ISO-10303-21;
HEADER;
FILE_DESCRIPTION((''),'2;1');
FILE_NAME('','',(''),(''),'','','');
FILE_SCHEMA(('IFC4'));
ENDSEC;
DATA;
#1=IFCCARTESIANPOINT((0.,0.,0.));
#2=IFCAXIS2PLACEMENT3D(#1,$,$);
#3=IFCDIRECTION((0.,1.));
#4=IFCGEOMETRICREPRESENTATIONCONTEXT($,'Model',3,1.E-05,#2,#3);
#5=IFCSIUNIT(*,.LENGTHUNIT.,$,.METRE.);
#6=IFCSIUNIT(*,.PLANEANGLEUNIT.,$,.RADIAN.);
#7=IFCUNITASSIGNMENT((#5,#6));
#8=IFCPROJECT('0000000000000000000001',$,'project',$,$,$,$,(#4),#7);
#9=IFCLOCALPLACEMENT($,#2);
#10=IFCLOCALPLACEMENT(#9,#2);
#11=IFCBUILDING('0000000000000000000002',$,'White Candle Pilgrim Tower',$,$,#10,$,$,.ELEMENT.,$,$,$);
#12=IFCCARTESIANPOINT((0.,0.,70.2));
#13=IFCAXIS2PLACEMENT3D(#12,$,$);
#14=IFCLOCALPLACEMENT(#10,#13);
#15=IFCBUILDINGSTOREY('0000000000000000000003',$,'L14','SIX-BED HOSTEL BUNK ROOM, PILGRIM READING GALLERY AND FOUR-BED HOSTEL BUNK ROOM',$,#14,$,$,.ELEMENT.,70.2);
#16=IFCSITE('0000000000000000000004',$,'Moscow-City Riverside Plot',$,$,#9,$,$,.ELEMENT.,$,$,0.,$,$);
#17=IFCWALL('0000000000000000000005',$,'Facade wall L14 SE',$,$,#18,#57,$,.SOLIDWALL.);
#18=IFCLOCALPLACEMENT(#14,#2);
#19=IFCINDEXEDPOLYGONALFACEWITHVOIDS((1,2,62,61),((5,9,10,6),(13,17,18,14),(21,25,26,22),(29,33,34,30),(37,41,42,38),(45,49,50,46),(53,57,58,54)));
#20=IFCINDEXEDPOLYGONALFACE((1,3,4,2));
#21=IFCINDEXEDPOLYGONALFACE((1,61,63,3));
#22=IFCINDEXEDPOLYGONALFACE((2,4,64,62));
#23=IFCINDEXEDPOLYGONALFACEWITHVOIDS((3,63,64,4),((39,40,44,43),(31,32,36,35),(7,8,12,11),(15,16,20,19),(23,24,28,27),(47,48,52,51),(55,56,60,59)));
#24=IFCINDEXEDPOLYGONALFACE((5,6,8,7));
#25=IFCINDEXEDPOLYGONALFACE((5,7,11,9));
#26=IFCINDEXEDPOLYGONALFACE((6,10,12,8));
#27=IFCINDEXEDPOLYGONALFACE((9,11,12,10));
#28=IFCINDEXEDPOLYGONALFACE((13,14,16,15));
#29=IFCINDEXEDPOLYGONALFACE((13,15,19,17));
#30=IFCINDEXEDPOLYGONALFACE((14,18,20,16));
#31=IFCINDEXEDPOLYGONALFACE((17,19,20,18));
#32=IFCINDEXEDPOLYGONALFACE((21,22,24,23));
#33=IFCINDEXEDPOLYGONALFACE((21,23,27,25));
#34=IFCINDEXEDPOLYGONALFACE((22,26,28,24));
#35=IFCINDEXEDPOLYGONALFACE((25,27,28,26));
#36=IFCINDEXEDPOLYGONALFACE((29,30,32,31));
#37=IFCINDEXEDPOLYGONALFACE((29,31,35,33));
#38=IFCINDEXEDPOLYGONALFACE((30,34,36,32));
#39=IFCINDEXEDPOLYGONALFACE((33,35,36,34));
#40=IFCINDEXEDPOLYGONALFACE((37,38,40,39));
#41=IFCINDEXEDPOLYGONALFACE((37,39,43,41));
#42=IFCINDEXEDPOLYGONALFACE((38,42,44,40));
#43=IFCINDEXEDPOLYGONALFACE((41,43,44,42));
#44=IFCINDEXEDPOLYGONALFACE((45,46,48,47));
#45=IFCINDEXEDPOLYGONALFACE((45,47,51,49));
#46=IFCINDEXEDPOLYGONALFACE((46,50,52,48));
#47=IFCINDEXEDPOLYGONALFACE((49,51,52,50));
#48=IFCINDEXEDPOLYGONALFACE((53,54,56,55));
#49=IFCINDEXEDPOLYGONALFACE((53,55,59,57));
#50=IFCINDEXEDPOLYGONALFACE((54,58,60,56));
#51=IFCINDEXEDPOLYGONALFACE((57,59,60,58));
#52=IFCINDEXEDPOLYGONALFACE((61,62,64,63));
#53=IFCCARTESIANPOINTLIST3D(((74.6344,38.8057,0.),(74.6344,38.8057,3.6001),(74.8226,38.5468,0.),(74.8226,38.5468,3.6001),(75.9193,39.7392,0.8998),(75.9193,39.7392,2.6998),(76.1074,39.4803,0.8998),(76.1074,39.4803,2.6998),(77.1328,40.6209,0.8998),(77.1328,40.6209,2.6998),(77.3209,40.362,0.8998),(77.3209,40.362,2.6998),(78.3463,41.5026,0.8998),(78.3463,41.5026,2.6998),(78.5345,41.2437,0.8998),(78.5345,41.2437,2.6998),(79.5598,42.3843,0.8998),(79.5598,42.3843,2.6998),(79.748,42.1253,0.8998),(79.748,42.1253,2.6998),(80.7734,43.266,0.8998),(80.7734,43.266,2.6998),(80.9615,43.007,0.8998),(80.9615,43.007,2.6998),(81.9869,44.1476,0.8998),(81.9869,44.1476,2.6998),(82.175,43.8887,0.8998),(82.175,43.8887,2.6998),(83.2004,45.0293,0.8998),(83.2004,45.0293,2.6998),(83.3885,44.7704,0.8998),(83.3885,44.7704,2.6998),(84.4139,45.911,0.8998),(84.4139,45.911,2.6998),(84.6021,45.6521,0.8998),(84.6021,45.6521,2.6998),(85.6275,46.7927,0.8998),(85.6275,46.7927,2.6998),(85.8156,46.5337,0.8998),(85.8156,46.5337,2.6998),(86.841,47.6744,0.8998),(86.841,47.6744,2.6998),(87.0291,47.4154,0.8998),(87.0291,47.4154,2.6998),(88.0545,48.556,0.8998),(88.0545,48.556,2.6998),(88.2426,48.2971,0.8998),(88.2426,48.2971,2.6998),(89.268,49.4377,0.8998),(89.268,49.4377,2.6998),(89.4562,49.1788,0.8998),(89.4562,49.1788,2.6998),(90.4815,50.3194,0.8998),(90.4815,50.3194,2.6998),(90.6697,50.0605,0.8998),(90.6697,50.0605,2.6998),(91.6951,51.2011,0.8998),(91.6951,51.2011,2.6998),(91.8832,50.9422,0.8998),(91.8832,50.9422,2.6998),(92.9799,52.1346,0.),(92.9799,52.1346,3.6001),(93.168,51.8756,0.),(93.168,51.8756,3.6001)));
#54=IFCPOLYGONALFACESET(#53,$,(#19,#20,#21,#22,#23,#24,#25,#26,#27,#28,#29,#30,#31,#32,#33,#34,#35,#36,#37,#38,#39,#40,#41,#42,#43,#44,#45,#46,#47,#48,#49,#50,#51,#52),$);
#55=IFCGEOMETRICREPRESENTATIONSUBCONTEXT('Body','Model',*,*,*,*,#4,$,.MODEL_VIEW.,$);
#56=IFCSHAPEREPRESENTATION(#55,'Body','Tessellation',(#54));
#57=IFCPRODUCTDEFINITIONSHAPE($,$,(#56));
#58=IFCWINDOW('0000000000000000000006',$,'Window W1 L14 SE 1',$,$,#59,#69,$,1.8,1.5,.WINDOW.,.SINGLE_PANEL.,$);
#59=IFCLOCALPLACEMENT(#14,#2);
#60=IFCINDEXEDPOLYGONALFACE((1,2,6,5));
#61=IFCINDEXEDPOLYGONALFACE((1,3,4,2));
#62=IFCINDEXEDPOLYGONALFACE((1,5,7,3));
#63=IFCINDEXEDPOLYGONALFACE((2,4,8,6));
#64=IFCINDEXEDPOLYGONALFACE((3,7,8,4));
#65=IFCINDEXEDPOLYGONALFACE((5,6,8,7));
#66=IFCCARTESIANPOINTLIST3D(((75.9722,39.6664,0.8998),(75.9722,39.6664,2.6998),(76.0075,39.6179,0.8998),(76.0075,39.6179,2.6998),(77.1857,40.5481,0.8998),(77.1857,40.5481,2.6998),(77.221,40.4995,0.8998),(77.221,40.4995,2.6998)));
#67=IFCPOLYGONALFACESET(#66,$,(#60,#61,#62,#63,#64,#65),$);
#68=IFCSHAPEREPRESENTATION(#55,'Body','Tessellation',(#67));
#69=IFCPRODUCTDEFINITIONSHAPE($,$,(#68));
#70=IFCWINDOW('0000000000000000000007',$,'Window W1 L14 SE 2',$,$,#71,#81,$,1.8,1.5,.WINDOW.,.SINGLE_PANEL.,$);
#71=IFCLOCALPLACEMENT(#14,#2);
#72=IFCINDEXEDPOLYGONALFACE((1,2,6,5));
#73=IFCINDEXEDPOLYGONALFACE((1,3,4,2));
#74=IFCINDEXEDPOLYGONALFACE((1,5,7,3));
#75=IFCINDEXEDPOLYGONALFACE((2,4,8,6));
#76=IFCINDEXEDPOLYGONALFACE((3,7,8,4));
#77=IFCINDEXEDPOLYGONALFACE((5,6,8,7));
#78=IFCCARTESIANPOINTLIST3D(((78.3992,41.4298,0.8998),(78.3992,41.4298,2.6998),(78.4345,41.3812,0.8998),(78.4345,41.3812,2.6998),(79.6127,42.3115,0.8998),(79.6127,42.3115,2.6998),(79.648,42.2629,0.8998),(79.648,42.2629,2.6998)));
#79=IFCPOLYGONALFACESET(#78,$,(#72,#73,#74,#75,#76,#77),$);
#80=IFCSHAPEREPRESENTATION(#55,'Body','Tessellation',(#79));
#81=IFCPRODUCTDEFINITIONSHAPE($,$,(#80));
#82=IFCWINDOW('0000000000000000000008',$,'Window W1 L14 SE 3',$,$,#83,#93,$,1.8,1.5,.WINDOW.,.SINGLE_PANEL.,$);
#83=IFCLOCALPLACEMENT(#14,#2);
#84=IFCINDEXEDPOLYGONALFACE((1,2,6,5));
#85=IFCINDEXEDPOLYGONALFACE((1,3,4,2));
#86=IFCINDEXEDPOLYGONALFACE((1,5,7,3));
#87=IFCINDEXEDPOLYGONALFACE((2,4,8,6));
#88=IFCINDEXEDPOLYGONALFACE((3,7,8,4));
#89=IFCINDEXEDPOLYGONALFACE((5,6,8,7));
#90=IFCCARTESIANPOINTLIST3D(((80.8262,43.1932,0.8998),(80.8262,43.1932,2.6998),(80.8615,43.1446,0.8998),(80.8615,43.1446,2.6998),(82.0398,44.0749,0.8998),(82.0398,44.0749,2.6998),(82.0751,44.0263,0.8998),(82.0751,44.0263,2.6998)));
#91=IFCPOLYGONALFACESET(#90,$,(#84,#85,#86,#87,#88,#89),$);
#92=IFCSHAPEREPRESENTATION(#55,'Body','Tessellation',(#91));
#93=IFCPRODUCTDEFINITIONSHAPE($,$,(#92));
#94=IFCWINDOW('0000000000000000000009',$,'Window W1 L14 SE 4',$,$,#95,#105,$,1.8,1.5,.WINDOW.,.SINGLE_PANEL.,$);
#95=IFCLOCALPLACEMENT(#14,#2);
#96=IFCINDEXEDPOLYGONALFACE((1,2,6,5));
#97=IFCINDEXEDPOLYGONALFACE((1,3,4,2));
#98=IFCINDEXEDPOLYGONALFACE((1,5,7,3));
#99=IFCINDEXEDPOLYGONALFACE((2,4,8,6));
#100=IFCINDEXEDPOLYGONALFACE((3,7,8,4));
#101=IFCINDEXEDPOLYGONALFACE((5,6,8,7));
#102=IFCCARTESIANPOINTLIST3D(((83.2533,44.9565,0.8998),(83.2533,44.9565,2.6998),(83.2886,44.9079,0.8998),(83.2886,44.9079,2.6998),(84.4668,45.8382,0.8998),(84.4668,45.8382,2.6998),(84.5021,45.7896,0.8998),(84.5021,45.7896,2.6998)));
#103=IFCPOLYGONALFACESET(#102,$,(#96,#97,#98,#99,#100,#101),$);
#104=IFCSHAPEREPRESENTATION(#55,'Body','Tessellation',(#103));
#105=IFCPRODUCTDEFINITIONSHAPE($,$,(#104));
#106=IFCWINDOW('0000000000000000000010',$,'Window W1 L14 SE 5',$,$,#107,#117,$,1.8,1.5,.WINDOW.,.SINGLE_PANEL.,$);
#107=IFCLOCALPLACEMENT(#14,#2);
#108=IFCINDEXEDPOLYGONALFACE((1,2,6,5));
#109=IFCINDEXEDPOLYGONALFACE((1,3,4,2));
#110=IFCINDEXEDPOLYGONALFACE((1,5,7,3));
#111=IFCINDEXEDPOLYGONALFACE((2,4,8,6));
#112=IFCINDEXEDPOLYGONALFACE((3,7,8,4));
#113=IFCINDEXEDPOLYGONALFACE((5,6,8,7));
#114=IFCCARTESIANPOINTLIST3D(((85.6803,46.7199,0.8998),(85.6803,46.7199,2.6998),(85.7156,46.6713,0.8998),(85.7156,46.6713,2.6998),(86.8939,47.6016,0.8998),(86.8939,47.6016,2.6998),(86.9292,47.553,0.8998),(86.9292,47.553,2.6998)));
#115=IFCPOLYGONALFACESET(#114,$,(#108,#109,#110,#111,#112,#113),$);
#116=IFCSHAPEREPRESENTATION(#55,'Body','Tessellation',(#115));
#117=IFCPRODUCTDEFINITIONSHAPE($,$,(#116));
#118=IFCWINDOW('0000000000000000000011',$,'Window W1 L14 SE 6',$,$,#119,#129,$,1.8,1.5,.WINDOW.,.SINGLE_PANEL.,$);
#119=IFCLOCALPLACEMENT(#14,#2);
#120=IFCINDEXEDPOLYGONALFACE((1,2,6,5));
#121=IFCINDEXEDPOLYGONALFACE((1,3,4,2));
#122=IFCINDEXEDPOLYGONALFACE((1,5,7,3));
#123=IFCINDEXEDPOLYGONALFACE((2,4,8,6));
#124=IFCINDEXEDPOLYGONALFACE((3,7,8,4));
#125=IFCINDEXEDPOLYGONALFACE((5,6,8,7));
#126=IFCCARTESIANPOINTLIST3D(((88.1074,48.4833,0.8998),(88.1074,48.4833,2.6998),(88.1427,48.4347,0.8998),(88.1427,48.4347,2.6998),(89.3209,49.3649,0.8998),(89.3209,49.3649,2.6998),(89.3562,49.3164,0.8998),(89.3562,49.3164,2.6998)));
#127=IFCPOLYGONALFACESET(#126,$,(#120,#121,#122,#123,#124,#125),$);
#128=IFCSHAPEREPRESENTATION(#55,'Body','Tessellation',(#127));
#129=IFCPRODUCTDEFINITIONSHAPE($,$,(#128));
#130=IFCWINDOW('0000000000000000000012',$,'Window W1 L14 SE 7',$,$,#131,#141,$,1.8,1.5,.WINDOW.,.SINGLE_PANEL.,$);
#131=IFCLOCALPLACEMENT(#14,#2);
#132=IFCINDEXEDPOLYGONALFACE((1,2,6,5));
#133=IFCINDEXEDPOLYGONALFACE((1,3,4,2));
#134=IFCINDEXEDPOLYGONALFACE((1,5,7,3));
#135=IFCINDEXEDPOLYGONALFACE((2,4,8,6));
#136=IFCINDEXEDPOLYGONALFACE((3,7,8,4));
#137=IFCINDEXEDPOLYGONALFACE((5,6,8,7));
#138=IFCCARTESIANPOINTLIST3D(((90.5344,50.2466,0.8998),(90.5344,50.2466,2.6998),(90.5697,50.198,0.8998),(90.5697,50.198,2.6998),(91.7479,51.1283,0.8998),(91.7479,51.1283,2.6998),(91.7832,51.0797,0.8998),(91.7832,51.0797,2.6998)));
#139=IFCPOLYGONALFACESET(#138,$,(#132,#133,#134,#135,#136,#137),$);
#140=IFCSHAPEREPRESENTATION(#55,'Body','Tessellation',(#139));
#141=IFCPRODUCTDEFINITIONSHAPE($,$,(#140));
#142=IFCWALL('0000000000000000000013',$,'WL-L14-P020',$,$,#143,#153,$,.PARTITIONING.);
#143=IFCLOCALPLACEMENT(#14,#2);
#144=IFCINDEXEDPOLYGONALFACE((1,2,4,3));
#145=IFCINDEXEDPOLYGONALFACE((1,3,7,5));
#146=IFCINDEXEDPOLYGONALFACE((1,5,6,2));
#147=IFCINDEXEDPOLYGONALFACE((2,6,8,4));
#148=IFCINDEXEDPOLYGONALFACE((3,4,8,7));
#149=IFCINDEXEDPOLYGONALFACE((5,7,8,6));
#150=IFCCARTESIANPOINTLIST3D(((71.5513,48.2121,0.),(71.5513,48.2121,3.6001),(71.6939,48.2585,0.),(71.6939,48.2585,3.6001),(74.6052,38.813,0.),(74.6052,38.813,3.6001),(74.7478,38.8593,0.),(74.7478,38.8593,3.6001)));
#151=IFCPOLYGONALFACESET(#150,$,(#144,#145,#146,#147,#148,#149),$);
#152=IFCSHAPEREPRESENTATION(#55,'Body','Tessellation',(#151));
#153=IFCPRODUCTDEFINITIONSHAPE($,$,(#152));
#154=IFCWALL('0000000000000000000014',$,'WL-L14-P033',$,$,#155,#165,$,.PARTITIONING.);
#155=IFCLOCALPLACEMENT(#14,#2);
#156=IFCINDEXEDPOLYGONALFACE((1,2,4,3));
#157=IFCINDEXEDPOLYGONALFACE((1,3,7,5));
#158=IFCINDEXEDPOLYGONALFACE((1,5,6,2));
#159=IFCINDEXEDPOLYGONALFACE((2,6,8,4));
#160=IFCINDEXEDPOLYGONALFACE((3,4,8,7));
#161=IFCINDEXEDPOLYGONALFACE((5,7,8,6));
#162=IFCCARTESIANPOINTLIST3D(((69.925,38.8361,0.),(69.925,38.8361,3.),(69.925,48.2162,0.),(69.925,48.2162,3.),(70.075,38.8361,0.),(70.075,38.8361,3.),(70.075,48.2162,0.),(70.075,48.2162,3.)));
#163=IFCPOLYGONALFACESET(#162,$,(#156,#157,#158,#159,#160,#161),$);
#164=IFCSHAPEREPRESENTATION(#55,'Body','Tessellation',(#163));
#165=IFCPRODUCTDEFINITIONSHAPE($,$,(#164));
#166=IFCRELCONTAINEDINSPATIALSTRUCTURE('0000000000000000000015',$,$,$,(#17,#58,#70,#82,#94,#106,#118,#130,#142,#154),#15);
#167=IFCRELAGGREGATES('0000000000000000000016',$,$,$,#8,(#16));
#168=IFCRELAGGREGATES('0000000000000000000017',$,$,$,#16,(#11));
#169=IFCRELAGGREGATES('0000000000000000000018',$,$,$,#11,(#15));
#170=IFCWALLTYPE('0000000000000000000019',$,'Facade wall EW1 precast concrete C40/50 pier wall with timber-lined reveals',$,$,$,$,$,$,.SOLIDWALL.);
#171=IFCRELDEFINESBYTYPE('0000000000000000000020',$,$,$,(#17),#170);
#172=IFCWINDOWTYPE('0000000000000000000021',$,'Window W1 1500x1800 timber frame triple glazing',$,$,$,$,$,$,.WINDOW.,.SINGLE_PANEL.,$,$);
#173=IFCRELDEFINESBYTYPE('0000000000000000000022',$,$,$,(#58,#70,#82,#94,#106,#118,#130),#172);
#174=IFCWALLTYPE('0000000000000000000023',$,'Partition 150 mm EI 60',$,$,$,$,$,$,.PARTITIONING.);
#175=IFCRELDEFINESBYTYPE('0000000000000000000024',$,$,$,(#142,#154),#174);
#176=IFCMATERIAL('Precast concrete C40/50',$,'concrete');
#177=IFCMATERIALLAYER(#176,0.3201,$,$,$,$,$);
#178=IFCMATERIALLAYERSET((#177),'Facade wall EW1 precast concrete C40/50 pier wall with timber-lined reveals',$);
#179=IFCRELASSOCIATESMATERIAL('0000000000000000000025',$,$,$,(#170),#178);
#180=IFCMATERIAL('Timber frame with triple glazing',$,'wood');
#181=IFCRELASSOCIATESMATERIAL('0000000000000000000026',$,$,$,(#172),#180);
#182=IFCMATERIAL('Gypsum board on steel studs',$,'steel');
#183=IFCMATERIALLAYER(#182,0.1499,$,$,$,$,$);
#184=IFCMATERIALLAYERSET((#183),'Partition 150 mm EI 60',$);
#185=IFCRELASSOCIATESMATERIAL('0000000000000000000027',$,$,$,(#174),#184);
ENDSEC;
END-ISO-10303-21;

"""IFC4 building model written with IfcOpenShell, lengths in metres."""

from ifc_helpers import new_model, si_unit, direction, frame, frame_2d, origin, place, context, subcontext, project, spatial, rectangle, extrude, material, layer, layer_set, type_object, element, fill, save


model = new_model("IFC4")

# Units and contexts
model_context = context("Model", 3, precision=1e-05, world=origin(), true_north=direction((0.0, 1.0)))
body_context = subcontext(model_context, "Body", "Model", "MODEL_VIEW")
ifc_project = project(units=[si_unit("LENGTHUNIT", "METRE"), si_unit("PLANEANGLEUNIT", "RADIAN")], contexts=[model_context])

# Site, building, storey
site_placement = place(None, origin())
site = spatial("IfcSite", under=ifc_project, at=site_placement, Name="Moscow-City Riverside Plot", CompositionType="ELEMENT", RefElevation=0.0)
building_placement = place(site_placement, origin())
building = spatial("IfcBuilding", under=site, at=building_placement, Name="White Candle Pilgrim Tower", CompositionType="ELEMENT")
storey_placement = place(building_placement, frame((0.0, 0.0, 70.2)))
storey = spatial("IfcBuildingStorey", under=building, at=storey_placement, Name="L14", Description="SIX-BED HOSTEL BUNK ROOM, PILGRIM READING GALLERY AND FOUR-BED HOSTEL BUNK ROOM", CompositionType="ELEMENT", Elevation=70.2)

# Shared definitions
ifc_material_1 = material(Name="Gypsum board on steel studs", Category="steel")

# Wall, openings, windows
ifc_material_2 = material(Name="Precast concrete C40/50", Category="concrete")
ifc_layer_1 = layer(ifc_material_2, 0.3201)
ifc_layer_set_1 = layer_set([ifc_layer_1], Name="Facade wall EW1 precast concrete C40/50 pier wall with timber-lined reveals")
wall_type_1 = type_object("IfcWallType", Name="Facade wall EW1 precast concrete C40/50 pier wall with timber-lined reveals", PredefinedType="SOLIDWALL", material=ifc_layer_set_1)
wall_1_placement = place(storey_placement, frame((74.7285, 38.6763, 0.0), z_axis=(0.0, 0.0, 1.0), x_axis=(0.809015, 0.587788, 0.0)))
wall_1 = element("IfcWall", 1, at=wall_1_placement, inside=storey, type_object=wall_type_1, Name="Facade wall L14 SE", PredefinedType="SOLIDWALL", context=body_context, shape_type="SweptSolid", body=[
    extrude(rectangle(XDim=22.6763, YDim=0.3201, at=frame_2d((11.3381, 0.0))), origin(), (0.0, 0.0, 1.0), 3.6001),
])
opening_1_placement = place(wall_1_placement, frame((1.5881, 0.0, 0.8999)))
opening_1 = element("IfcOpeningElement", 2, at=opening_1_placement, cuts=wall_1, PredefinedType="OPENING", context=body_context, shape_type="SweptSolid", body=[
    extrude(rectangle(XDim=1.5, YDim=1.8, at=frame_2d((0.75, 0.8999))), frame((0.0, 0.1699, 0.0), z_axis=(0.0, -1.0, 0.0), x_axis=(1.0, 0.0, 0.0)), (0.0, 0.0, 1.0), 0.3401),
])
opening_2_placement = place(wall_1_placement, frame((4.5881, 0.0, 0.8999)))
opening_2 = element("IfcOpeningElement", 3, at=opening_2_placement, cuts=wall_1, PredefinedType="OPENING", context=body_context, shape_type="SweptSolid", body=[
    extrude(rectangle(XDim=1.5, YDim=1.8, at=frame_2d((0.75, 0.8999))), frame((0.0, 0.1699, 0.0), z_axis=(0.0, -1.0, 0.0), x_axis=(1.0, 0.0, 0.0)), (0.0, 0.0, 1.0), 0.3401),
])
opening_3_placement = place(wall_1_placement, frame((7.5881, 0.0, 0.8999)))
opening_3 = element("IfcOpeningElement", 4, at=opening_3_placement, cuts=wall_1, PredefinedType="OPENING", context=body_context, shape_type="SweptSolid", body=[
    extrude(rectangle(XDim=1.5, YDim=1.8, at=frame_2d((0.75, 0.8999))), frame((0.0, 0.1699, 0.0), z_axis=(0.0, -1.0, 0.0), x_axis=(1.0, 0.0, 0.0)), (0.0, 0.0, 1.0), 0.3401),
])
opening_4_placement = place(wall_1_placement, frame((10.5881, 0.0, 0.8999)))
opening_4 = element("IfcOpeningElement", 5, at=opening_4_placement, cuts=wall_1, PredefinedType="OPENING", context=body_context, shape_type="SweptSolid", body=[
    extrude(rectangle(XDim=1.5, YDim=1.8, at=frame_2d((0.75, 0.8999))), frame((0.0, 0.1699, 0.0), z_axis=(0.0, -1.0, 0.0), x_axis=(1.0, 0.0, 0.0)), (0.0, 0.0, 1.0), 0.3401),
])
opening_5_placement = place(wall_1_placement, frame((13.5881, 0.0, 0.8999)))
opening_5 = element("IfcOpeningElement", 6, at=opening_5_placement, cuts=wall_1, PredefinedType="OPENING", context=body_context, shape_type="SweptSolid", body=[
    extrude(rectangle(XDim=1.5, YDim=1.8, at=frame_2d((0.75, 0.8999))), frame((0.0, 0.1699, 0.0), z_axis=(0.0, -1.0, 0.0), x_axis=(1.0, 0.0, 0.0)), (0.0, 0.0, 1.0), 0.3401),
])
opening_6_placement = place(wall_1_placement, frame((16.5881, 0.0, 0.8999)))
opening_6 = element("IfcOpeningElement", 7, at=opening_6_placement, cuts=wall_1, PredefinedType="OPENING", context=body_context, shape_type="SweptSolid", body=[
    extrude(rectangle(XDim=1.5, YDim=1.8, at=frame_2d((0.75, 0.8999))), frame((0.0, 0.1699, 0.0), z_axis=(0.0, -1.0, 0.0), x_axis=(1.0, 0.0, 0.0)), (0.0, 0.0, 1.0), 0.3401),
])
opening_7_placement = place(wall_1_placement, frame((19.5881, 0.0, 0.8999)))
opening_7 = element("IfcOpeningElement", 8, at=opening_7_placement, cuts=wall_1, PredefinedType="OPENING", context=body_context, shape_type="SweptSolid", body=[
    extrude(rectangle(XDim=1.5, YDim=1.8, at=frame_2d((0.75, 0.8999))), frame((0.0, 0.1699, 0.0), z_axis=(0.0, -1.0, 0.0), x_axis=(1.0, 0.0, 0.0)), (0.0, 0.0, 1.0), 0.3401),
])
ifc_material_3 = material(Name="Timber frame with triple glazing", Category="wood")
window_type = type_object("IfcWindowType", Name="Window W1 1500x1800 timber frame triple glazing", PartitioningType="SINGLE_PANEL", PredefinedType="WINDOW", material=ifc_material_3)
window_1_placement = place(opening_1_placement, origin())
window_1 = element("IfcWindow", 9, at=window_1_placement, inside=storey, type_object=window_type, Name="Window W1 L14 SE 1", OverallHeight=1.8, OverallWidth=1.5, PartitioningType="SINGLE_PANEL", PredefinedType="WINDOW", context=body_context, shape_type="SweptSolid", body=[
    extrude(rectangle(XDim=1.5, YDim=1.8, at=frame_2d((0.75, 0.8999))), frame((0.0, 0.0701, 0.0), z_axis=(0.0, -1.0, 0.0), x_axis=(1.0, 0.0, 0.0)), (0.0, 0.0, 1.0), 0.0601),
])
fill(opening_1, window_1)
window_2_placement = place(opening_2_placement, origin())
window_2 = element("IfcWindow", 10, at=window_2_placement, inside=storey, type_object=window_type, Name="Window W1 L14 SE 2", OverallHeight=1.8, OverallWidth=1.5, PartitioningType="SINGLE_PANEL", PredefinedType="WINDOW", context=body_context, shape_type="SweptSolid", body=[
    extrude(rectangle(XDim=1.5, YDim=1.8, at=frame_2d((0.75, 0.8999))), frame((0.0, 0.0701, 0.0), z_axis=(0.0, -1.0, 0.0), x_axis=(1.0, 0.0, 0.0)), (0.0, 0.0, 1.0), 0.0601),
])
fill(opening_2, window_2)
window_3_placement = place(opening_3_placement, origin())
window_3 = element("IfcWindow", 11, at=window_3_placement, inside=storey, type_object=window_type, Name="Window W1 L14 SE 3", OverallHeight=1.8, OverallWidth=1.5, PartitioningType="SINGLE_PANEL", PredefinedType="WINDOW", context=body_context, shape_type="SweptSolid", body=[
    extrude(rectangle(XDim=1.5, YDim=1.8, at=frame_2d((0.75, 0.8999))), frame((0.0, 0.0701, 0.0), z_axis=(0.0, -1.0, 0.0), x_axis=(1.0, 0.0, 0.0)), (0.0, 0.0, 1.0), 0.0601),
])
fill(opening_3, window_3)
window_4_placement = place(opening_4_placement, origin())
window_4 = element("IfcWindow", 12, at=window_4_placement, inside=storey, type_object=window_type, Name="Window W1 L14 SE 4", OverallHeight=1.8, OverallWidth=1.5, PartitioningType="SINGLE_PANEL", PredefinedType="WINDOW", context=body_context, shape_type="SweptSolid", body=[
    extrude(rectangle(XDim=1.5, YDim=1.8, at=frame_2d((0.75, 0.8999))), frame((0.0, 0.0701, 0.0), z_axis=(0.0, -1.0, 0.0), x_axis=(1.0, 0.0, 0.0)), (0.0, 0.0, 1.0), 0.0601),
])
fill(opening_4, window_4)
window_5_placement = place(opening_5_placement, origin())
window_5 = element("IfcWindow", 13, at=window_5_placement, inside=storey, type_object=window_type, Name="Window W1 L14 SE 5", OverallHeight=1.8, OverallWidth=1.5, PartitioningType="SINGLE_PANEL", PredefinedType="WINDOW", context=body_context, shape_type="SweptSolid", body=[
    extrude(rectangle(XDim=1.5, YDim=1.8, at=frame_2d((0.75, 0.8999))), frame((0.0, 0.0701, 0.0), z_axis=(0.0, -1.0, 0.0), x_axis=(1.0, 0.0, 0.0)), (0.0, 0.0, 1.0), 0.0601),
])
fill(opening_5, window_5)
window_6_placement = place(opening_6_placement, origin())
window_6 = element("IfcWindow", 14, at=window_6_placement, inside=storey, type_object=window_type, Name="Window W1 L14 SE 6", OverallHeight=1.8, OverallWidth=1.5, PartitioningType="SINGLE_PANEL", PredefinedType="WINDOW", context=body_context, shape_type="SweptSolid", body=[
    extrude(rectangle(XDim=1.5, YDim=1.8, at=frame_2d((0.75, 0.8999))), frame((0.0, 0.0701, 0.0), z_axis=(0.0, -1.0, 0.0), x_axis=(1.0, 0.0, 0.0)), (0.0, 0.0, 1.0), 0.0601),
])
fill(opening_6, window_6)
window_7_placement = place(opening_7_placement, origin())
window_7 = element("IfcWindow", 15, at=window_7_placement, inside=storey, type_object=window_type, Name="Window W1 L14 SE 7", OverallHeight=1.8, OverallWidth=1.5, PartitioningType="SINGLE_PANEL", PredefinedType="WINDOW", context=body_context, shape_type="SweptSolid", body=[
    extrude(rectangle(XDim=1.5, YDim=1.8, at=frame_2d((0.75, 0.8999))), frame((0.0, 0.0701, 0.0), z_axis=(0.0, -1.0, 0.0), x_axis=(1.0, 0.0, 0.0)), (0.0, 0.0, 1.0), 0.0601),
])
fill(opening_7, window_7)

# Walls
ifc_layer_2 = layer(ifc_material_1, 0.1499)
ifc_layer_set_2 = layer_set([ifc_layer_2], Name="Partition 150 mm EI 60")
wall_type_2 = type_object("IfcWallType", Name="Partition 150 mm EI 60", PredefinedType="PARTITIONING", material=ifc_layer_set_2)
wall_2_placement = place(storey_placement, frame((74.6765, 38.8362, 0.0), z_axis=(0.0, 0.0, 1.0), x_axis=(-0.309015, 0.951057, 0.0)))
element("IfcWall", 16, at=wall_2_placement, inside=storey, type_object=wall_type_2, Name="WL-L14-P020", PredefinedType="PARTITIONING", context=body_context, shape_type="SweptSolid", body=[
    extrude(rectangle(XDim=9.8828, YDim=0.1499, at=frame_2d((4.9414, 0.0))), origin(), (0.0, 0.0, 1.0), 3.6001),
])
wall_3_placement = place(storey_placement, frame((70.0, 38.8362, 0.0), z_axis=(0.0, 0.0, 1.0), x_axis=(0.0, 1.0, 0.0)))
element("IfcWall", 17, at=wall_3_placement, inside=storey, type_object=wall_type_2, Name="WL-L14-P033", PredefinedType="PARTITIONING", context=body_context, shape_type="SweptSolid", body=[
    extrude(rectangle(XDim=9.3801, YDim=0.1499, at=frame_2d((4.6899, 0.0))), origin(), (0.0, 0.0, 1.0), 3.0),
])

save(model, "model.ifc")
